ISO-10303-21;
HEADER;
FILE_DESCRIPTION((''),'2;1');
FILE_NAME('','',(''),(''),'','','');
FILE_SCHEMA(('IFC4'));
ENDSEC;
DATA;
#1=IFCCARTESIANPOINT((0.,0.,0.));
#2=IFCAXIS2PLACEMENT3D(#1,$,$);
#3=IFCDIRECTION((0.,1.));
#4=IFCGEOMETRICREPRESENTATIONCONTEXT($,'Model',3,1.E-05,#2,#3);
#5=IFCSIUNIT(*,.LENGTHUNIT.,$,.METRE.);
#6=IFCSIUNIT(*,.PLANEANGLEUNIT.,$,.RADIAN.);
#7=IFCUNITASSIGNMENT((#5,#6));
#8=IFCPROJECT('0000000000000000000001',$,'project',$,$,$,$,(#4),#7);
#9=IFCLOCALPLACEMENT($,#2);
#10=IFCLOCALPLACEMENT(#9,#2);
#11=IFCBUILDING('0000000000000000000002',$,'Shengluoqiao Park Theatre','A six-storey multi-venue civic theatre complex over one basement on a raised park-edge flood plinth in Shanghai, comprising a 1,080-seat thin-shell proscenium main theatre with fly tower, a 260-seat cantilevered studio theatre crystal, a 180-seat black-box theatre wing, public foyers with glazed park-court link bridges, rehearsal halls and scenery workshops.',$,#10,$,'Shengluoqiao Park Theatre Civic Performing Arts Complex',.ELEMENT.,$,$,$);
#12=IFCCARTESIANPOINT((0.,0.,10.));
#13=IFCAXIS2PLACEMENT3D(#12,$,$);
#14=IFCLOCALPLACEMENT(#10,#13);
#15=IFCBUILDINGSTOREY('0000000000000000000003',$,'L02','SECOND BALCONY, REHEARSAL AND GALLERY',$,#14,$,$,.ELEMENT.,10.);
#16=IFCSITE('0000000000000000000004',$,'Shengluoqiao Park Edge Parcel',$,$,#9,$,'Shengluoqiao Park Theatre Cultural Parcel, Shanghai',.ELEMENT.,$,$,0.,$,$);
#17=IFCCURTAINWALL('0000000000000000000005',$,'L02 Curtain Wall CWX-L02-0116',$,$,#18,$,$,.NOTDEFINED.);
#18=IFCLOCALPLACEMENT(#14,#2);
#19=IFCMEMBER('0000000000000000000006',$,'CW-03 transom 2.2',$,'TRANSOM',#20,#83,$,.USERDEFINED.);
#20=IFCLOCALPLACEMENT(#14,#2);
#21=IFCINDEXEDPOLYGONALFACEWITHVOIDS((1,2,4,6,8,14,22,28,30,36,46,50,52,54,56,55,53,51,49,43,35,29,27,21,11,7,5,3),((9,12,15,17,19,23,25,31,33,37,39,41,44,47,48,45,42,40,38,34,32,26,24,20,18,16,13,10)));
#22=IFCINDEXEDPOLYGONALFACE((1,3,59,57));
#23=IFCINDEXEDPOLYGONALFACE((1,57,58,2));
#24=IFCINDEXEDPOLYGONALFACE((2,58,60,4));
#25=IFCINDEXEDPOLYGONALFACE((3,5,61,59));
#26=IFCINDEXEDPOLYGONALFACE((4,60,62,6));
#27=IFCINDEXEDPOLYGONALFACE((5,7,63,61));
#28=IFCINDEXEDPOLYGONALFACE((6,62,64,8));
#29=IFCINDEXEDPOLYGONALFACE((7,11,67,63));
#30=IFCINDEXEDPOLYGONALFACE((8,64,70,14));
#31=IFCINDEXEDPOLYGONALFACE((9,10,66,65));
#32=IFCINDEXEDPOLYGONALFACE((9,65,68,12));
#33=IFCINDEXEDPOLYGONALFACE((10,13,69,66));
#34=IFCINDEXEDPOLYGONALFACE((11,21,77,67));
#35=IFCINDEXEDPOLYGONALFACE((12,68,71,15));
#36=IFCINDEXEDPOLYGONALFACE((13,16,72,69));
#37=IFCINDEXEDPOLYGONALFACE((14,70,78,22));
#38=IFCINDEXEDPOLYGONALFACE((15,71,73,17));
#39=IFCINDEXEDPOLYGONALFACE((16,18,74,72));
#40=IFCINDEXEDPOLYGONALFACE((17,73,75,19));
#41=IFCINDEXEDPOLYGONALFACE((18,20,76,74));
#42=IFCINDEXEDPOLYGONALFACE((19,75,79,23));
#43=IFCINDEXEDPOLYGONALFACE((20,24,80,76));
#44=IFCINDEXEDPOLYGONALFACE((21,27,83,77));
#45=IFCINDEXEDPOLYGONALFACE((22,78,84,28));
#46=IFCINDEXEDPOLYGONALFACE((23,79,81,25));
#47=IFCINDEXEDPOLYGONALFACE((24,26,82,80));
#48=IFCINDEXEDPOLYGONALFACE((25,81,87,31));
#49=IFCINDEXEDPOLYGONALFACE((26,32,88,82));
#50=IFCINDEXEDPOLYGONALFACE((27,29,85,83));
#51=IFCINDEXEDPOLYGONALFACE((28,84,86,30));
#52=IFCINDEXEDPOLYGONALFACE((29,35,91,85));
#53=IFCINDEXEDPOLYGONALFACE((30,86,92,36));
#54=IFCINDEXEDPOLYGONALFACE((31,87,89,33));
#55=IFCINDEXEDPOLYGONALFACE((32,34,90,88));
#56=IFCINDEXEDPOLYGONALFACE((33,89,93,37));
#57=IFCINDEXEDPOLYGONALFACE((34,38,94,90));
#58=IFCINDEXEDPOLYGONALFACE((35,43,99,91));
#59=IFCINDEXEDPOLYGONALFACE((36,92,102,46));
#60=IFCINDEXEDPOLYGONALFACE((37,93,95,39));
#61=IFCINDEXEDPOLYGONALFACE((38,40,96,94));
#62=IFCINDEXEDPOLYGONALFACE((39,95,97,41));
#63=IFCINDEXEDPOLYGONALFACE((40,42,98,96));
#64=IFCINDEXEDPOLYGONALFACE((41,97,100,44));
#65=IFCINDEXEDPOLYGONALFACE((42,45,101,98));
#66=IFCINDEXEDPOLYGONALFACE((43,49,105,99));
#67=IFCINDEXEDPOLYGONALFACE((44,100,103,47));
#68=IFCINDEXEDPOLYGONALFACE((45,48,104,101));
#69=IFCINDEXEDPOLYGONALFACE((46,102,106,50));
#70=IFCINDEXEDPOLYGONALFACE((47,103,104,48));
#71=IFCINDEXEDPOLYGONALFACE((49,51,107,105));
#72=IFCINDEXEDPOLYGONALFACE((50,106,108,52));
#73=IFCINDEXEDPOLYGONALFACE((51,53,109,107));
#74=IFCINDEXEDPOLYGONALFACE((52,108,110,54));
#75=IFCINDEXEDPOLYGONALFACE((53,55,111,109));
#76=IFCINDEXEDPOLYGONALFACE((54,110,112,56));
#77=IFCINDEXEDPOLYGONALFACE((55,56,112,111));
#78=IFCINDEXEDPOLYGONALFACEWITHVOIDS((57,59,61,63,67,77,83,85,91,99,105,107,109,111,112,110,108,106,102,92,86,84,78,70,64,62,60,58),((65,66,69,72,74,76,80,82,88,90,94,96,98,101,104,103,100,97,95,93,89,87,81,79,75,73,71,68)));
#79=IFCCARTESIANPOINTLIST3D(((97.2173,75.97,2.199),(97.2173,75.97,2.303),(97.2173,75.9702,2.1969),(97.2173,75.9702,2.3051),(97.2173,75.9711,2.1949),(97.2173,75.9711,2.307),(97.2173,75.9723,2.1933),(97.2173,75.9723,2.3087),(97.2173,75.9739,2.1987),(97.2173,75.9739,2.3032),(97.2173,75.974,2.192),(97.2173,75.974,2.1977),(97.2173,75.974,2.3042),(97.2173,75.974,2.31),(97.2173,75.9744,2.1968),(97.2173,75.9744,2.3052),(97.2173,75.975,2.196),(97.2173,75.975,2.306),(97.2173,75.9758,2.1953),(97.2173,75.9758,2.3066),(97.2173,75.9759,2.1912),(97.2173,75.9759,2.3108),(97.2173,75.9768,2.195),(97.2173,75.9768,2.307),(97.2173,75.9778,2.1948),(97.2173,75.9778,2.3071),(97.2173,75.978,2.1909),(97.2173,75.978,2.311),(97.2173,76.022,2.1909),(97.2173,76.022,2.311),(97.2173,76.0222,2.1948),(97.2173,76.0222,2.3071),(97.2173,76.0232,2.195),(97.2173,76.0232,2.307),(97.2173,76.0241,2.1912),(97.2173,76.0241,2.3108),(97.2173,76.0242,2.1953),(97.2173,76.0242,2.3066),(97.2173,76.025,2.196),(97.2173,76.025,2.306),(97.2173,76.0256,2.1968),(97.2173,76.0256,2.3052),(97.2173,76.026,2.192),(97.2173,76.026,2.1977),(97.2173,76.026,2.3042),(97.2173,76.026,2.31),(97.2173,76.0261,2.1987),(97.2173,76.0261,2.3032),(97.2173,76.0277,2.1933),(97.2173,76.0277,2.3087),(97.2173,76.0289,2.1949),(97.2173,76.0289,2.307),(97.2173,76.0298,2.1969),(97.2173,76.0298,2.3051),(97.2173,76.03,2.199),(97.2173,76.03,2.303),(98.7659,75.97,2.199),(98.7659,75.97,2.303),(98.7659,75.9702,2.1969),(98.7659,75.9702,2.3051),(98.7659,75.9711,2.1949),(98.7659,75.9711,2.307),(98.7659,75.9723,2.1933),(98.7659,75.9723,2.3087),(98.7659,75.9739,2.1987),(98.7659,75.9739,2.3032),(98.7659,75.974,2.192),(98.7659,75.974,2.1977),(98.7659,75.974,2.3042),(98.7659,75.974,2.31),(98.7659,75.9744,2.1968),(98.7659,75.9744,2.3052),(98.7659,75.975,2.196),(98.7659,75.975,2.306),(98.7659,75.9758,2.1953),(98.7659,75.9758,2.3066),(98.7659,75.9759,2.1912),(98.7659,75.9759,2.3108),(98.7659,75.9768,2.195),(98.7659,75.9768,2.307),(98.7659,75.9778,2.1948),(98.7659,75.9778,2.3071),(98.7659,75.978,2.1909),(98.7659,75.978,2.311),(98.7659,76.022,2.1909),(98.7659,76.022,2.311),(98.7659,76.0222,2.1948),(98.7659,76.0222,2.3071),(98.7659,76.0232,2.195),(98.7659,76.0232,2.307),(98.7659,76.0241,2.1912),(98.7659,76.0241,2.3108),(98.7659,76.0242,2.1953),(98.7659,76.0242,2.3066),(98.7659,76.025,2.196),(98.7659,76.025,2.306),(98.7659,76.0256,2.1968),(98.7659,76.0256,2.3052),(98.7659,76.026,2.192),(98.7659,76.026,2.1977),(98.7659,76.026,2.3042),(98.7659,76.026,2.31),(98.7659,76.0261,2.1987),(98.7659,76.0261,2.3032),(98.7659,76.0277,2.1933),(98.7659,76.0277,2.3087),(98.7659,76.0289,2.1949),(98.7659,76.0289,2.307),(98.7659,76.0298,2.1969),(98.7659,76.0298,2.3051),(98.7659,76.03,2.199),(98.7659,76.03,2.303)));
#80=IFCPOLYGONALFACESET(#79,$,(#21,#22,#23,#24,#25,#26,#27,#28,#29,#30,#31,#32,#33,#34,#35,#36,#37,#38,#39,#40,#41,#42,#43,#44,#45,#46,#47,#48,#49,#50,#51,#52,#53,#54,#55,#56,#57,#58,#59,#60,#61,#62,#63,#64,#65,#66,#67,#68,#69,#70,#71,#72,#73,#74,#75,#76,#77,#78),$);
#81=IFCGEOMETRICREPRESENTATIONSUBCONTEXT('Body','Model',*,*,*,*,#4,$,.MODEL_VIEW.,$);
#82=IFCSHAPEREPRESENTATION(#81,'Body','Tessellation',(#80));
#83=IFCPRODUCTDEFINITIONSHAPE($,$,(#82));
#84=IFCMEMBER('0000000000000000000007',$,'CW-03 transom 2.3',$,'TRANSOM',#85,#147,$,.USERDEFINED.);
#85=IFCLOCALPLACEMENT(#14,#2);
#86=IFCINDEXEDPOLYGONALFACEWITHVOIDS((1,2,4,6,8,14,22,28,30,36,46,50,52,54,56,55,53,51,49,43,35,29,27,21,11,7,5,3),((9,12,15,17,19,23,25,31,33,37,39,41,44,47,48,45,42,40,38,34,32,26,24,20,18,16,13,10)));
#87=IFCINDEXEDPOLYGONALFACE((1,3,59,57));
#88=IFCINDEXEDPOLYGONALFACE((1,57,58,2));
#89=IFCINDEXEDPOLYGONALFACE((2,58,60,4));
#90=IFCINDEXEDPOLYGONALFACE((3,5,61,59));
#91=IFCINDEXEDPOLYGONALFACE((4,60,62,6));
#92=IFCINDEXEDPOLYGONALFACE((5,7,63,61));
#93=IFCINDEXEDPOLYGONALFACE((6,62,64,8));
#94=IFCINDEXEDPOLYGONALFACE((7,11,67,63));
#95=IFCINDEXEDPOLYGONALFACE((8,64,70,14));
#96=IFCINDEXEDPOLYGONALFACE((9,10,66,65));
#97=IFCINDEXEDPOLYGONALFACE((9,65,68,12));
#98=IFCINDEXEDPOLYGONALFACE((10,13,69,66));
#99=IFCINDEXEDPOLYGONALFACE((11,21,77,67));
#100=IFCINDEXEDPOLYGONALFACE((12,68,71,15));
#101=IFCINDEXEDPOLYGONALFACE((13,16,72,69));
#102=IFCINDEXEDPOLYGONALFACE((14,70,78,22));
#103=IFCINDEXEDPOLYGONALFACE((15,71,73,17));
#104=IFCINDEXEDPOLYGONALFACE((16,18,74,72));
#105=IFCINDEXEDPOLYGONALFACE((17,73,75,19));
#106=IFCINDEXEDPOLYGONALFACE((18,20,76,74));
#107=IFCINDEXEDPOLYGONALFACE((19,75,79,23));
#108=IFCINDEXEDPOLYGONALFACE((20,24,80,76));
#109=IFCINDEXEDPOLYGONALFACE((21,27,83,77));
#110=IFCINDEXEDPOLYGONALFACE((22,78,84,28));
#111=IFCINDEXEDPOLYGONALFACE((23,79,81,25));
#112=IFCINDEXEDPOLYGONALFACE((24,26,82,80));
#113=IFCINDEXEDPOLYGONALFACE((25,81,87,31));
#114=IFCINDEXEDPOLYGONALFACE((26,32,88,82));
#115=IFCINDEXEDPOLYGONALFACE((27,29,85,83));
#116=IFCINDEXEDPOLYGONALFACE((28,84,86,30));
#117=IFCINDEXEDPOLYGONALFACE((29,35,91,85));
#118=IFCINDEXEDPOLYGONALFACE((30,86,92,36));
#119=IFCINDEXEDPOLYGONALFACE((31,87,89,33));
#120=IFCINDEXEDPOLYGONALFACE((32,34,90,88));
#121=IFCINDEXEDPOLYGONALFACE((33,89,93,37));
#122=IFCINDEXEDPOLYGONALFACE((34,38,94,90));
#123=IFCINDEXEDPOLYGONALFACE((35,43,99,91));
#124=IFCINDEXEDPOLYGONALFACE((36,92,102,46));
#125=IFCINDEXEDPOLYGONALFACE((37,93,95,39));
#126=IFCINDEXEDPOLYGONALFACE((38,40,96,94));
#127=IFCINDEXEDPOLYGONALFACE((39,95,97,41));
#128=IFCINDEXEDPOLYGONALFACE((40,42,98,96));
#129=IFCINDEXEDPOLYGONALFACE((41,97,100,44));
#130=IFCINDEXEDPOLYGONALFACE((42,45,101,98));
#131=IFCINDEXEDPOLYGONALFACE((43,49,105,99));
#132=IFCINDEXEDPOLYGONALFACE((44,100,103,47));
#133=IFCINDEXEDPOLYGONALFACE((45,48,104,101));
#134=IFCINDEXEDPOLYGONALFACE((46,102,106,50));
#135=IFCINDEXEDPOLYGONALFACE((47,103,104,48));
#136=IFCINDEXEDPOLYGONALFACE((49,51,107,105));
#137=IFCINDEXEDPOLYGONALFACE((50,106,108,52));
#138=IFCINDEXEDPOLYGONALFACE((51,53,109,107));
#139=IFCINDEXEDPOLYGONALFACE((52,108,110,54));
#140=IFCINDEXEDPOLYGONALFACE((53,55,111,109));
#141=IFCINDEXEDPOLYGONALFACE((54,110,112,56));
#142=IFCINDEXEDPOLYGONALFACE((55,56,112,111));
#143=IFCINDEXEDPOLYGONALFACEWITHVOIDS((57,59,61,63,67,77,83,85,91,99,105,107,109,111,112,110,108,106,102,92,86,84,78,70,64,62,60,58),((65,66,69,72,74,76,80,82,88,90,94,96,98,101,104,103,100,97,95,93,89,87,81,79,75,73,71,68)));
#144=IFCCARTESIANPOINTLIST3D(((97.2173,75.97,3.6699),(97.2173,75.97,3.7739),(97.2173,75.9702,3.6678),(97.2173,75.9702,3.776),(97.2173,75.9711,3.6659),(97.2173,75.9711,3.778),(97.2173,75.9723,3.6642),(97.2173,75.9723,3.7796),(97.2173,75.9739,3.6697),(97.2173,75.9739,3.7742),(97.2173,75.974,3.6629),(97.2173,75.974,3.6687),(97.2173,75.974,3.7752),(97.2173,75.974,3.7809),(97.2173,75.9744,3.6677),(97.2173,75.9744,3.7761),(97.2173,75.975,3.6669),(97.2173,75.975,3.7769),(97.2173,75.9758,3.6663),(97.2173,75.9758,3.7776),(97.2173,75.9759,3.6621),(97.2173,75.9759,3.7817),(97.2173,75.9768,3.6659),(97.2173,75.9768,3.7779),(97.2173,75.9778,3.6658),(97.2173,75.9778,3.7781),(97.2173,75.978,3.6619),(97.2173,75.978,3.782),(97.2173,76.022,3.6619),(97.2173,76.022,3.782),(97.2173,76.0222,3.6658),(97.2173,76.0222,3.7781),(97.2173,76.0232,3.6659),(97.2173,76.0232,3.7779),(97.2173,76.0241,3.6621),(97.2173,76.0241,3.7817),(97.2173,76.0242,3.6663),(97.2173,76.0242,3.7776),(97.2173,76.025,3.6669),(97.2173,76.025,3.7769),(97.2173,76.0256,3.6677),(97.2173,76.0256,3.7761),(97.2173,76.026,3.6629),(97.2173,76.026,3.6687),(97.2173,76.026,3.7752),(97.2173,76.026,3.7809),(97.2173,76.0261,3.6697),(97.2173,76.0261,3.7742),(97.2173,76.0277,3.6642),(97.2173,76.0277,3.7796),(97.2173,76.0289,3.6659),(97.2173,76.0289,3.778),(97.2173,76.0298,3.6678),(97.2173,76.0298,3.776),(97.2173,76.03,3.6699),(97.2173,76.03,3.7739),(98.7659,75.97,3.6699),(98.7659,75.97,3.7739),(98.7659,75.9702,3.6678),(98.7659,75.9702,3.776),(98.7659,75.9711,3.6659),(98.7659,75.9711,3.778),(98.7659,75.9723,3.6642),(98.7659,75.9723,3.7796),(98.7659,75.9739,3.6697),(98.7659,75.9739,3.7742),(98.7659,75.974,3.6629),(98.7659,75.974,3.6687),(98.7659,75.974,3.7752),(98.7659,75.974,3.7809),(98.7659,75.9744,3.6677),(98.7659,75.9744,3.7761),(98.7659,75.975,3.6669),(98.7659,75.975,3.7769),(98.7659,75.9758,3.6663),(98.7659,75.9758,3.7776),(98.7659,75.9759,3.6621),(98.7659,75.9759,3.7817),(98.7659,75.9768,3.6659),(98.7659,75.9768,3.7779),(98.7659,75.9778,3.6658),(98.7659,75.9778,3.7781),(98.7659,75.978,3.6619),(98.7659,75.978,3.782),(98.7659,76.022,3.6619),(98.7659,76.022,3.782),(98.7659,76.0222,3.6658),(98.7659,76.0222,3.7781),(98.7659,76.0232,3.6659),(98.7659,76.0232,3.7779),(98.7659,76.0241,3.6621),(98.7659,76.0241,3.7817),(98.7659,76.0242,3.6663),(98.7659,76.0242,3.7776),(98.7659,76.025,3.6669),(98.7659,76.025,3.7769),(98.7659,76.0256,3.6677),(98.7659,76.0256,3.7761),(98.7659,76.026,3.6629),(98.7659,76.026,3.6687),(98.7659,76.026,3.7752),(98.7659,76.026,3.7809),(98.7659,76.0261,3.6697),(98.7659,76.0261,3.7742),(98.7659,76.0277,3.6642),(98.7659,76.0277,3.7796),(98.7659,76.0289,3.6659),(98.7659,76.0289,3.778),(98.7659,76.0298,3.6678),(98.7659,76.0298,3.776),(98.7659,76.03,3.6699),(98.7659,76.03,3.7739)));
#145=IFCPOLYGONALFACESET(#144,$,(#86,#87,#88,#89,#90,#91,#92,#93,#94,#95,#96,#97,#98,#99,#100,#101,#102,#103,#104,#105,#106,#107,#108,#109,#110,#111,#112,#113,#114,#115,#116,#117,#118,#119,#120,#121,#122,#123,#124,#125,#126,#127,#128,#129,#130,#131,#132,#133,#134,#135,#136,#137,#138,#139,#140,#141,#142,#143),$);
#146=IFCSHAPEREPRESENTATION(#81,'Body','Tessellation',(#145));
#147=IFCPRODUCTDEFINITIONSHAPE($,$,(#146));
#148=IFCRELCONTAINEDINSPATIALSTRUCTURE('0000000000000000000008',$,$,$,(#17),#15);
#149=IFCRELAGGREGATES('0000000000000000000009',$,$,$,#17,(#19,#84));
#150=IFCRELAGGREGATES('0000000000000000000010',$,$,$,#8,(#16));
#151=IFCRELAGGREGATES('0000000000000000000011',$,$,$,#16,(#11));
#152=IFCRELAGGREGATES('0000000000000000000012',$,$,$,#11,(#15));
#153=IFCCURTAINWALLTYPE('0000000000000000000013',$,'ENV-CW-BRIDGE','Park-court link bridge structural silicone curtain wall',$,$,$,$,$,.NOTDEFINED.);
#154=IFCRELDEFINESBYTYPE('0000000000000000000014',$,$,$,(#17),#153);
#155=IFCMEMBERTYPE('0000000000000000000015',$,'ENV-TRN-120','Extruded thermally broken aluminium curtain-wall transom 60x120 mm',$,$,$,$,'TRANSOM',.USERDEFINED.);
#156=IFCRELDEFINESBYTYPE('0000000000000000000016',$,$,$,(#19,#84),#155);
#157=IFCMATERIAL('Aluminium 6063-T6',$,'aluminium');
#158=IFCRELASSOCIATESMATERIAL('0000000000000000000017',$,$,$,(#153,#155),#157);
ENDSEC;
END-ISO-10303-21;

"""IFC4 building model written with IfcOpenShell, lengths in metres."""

from ifc_helpers import new_model, si_unit, direction, frame, origin, origin_2d, place, context, subcontext, project, spatial, hollow_rectangle, extrude, material, material_profile, profile_set, type_object, element, aggregate, save


model = new_model("IFC4")

# Units and contexts
model_context = context("Model", 3, precision=1e-05, world=origin(), true_north=direction((0.0, 1.0)))
body_context = subcontext(model_context, "Body", "Model", "MODEL_VIEW")
ifc_project = project(units=[si_unit("LENGTHUNIT", "METRE"), si_unit("PLANEANGLEUNIT", "RADIAN")], contexts=[model_context])

# Site, building, storey
site_placement = place(None, origin())
site = spatial("IfcSite", under=ifc_project, at=site_placement, Name="Shengluoqiao Park Edge Parcel", LongName="Shengluoqiao Park Theatre Cultural Parcel, Shanghai", CompositionType="ELEMENT", RefElevation=0.0)
building_placement = place(site_placement, origin())
building = spatial("IfcBuilding", under=site, at=building_placement, Name="Shengluoqiao Park Theatre", Description="A six-storey multi-venue civic theatre complex over one basement on a raised park-edge flood plinth in Shanghai, comprising a 1,080-seat thin-shell proscenium main theatre with fly tower, a 260-seat cantilevered studio theatre crystal, a 180-seat black-box theatre wing, public foyers with glazed park-court link bridges, rehearsal halls and scenery workshops.", LongName="Shengluoqiao Park Theatre Civic Performing Arts Complex", CompositionType="ELEMENT")
storey_placement = place(building_placement, frame((0.0, 0.0, 10.0)))
storey = spatial("IfcBuildingStorey", under=building, at=storey_placement, Name="L02", Description="SECOND BALCONY, REHEARSAL AND GALLERY", CompositionType="ELEMENT", Elevation=10.0)

# Curtain wall, members
ifc_material_1 = material(Name="Aluminium 6063-T6", Category="aluminium")
curtain_wall_type = type_object("IfcCurtainWallType", Name="ENV-CW-BRIDGE", Description="Park-court link bridge structural silicone curtain wall", PredefinedType="NOTDEFINED", material=ifc_material_1)
curtain_wall_placement = place(storey_placement, origin())
curtain_wall = element("IfcCurtainWall", 1, at=curtain_wall_placement, inside=storey, type_object=curtain_wall_type, Name="L02 Curtain Wall CWX-L02-0116", PredefinedType="NOTDEFINED")
ifc_material_profile_1 = material_profile(ifc_material_1, hollow_rectangle(XDim=0.0601, YDim=0.1201, WallThickness=0.0039, InnerFilletRadius=0.0039, OuterFilletRadius=0.0081, at=origin_2d()), Name="ALU TRANSOM 120x60x4")
ifc_profile_set_1 = profile_set([ifc_material_profile_1], Name="Aluminium 6063-T6")
member_type_1 = type_object("IfcMemberType", Name="ENV-TRN-120", Description="Extruded thermally broken aluminium curtain-wall transom 60x120 mm", ElementType="TRANSOM", PredefinedType="USERDEFINED", material=ifc_profile_set_1)
member_1_placement = place(storey_placement, frame((97.2173, 76.0, 2.251), z_axis=(1.0, 0.0, 0.0), x_axis=(0.0, 1.0, 0.0)))
member_1 = element("IfcMember", 2, at=member_1_placement, type_object=member_type_1, Name="CW-03 transom 2.2", ObjectType="TRANSOM", PredefinedType="USERDEFINED", context=body_context, shape_type="SweptSolid", body=[
    extrude(hollow_rectangle(XDim=0.0601, YDim=0.1201, WallThickness=0.0039, InnerFilletRadius=0.0039, OuterFilletRadius=0.0081, at=origin_2d()), origin(), (0.0, 0.0, 1.0), 1.5486),
])
member_2_placement = place(storey_placement, frame((97.2173, 76.0, 3.7219), z_axis=(1.0, 0.0, 0.0), x_axis=(0.0, 1.0, 0.0)))
member_2 = element("IfcMember", 3, at=member_2_placement, type_object=member_type_1, Name="CW-03 transom 2.3", ObjectType="TRANSOM", PredefinedType="USERDEFINED", context=body_context, shape_type="SweptSolid", body=[
    extrude(hollow_rectangle(XDim=0.0601, YDim=0.1201, WallThickness=0.0039, InnerFilletRadius=0.0039, OuterFilletRadius=0.0081, at=origin_2d()), origin(), (0.0, 0.0, 1.0), 1.5486),
])
aggregate(curtain_wall, [member_1, member_2])

save(model, "model.ifc")
